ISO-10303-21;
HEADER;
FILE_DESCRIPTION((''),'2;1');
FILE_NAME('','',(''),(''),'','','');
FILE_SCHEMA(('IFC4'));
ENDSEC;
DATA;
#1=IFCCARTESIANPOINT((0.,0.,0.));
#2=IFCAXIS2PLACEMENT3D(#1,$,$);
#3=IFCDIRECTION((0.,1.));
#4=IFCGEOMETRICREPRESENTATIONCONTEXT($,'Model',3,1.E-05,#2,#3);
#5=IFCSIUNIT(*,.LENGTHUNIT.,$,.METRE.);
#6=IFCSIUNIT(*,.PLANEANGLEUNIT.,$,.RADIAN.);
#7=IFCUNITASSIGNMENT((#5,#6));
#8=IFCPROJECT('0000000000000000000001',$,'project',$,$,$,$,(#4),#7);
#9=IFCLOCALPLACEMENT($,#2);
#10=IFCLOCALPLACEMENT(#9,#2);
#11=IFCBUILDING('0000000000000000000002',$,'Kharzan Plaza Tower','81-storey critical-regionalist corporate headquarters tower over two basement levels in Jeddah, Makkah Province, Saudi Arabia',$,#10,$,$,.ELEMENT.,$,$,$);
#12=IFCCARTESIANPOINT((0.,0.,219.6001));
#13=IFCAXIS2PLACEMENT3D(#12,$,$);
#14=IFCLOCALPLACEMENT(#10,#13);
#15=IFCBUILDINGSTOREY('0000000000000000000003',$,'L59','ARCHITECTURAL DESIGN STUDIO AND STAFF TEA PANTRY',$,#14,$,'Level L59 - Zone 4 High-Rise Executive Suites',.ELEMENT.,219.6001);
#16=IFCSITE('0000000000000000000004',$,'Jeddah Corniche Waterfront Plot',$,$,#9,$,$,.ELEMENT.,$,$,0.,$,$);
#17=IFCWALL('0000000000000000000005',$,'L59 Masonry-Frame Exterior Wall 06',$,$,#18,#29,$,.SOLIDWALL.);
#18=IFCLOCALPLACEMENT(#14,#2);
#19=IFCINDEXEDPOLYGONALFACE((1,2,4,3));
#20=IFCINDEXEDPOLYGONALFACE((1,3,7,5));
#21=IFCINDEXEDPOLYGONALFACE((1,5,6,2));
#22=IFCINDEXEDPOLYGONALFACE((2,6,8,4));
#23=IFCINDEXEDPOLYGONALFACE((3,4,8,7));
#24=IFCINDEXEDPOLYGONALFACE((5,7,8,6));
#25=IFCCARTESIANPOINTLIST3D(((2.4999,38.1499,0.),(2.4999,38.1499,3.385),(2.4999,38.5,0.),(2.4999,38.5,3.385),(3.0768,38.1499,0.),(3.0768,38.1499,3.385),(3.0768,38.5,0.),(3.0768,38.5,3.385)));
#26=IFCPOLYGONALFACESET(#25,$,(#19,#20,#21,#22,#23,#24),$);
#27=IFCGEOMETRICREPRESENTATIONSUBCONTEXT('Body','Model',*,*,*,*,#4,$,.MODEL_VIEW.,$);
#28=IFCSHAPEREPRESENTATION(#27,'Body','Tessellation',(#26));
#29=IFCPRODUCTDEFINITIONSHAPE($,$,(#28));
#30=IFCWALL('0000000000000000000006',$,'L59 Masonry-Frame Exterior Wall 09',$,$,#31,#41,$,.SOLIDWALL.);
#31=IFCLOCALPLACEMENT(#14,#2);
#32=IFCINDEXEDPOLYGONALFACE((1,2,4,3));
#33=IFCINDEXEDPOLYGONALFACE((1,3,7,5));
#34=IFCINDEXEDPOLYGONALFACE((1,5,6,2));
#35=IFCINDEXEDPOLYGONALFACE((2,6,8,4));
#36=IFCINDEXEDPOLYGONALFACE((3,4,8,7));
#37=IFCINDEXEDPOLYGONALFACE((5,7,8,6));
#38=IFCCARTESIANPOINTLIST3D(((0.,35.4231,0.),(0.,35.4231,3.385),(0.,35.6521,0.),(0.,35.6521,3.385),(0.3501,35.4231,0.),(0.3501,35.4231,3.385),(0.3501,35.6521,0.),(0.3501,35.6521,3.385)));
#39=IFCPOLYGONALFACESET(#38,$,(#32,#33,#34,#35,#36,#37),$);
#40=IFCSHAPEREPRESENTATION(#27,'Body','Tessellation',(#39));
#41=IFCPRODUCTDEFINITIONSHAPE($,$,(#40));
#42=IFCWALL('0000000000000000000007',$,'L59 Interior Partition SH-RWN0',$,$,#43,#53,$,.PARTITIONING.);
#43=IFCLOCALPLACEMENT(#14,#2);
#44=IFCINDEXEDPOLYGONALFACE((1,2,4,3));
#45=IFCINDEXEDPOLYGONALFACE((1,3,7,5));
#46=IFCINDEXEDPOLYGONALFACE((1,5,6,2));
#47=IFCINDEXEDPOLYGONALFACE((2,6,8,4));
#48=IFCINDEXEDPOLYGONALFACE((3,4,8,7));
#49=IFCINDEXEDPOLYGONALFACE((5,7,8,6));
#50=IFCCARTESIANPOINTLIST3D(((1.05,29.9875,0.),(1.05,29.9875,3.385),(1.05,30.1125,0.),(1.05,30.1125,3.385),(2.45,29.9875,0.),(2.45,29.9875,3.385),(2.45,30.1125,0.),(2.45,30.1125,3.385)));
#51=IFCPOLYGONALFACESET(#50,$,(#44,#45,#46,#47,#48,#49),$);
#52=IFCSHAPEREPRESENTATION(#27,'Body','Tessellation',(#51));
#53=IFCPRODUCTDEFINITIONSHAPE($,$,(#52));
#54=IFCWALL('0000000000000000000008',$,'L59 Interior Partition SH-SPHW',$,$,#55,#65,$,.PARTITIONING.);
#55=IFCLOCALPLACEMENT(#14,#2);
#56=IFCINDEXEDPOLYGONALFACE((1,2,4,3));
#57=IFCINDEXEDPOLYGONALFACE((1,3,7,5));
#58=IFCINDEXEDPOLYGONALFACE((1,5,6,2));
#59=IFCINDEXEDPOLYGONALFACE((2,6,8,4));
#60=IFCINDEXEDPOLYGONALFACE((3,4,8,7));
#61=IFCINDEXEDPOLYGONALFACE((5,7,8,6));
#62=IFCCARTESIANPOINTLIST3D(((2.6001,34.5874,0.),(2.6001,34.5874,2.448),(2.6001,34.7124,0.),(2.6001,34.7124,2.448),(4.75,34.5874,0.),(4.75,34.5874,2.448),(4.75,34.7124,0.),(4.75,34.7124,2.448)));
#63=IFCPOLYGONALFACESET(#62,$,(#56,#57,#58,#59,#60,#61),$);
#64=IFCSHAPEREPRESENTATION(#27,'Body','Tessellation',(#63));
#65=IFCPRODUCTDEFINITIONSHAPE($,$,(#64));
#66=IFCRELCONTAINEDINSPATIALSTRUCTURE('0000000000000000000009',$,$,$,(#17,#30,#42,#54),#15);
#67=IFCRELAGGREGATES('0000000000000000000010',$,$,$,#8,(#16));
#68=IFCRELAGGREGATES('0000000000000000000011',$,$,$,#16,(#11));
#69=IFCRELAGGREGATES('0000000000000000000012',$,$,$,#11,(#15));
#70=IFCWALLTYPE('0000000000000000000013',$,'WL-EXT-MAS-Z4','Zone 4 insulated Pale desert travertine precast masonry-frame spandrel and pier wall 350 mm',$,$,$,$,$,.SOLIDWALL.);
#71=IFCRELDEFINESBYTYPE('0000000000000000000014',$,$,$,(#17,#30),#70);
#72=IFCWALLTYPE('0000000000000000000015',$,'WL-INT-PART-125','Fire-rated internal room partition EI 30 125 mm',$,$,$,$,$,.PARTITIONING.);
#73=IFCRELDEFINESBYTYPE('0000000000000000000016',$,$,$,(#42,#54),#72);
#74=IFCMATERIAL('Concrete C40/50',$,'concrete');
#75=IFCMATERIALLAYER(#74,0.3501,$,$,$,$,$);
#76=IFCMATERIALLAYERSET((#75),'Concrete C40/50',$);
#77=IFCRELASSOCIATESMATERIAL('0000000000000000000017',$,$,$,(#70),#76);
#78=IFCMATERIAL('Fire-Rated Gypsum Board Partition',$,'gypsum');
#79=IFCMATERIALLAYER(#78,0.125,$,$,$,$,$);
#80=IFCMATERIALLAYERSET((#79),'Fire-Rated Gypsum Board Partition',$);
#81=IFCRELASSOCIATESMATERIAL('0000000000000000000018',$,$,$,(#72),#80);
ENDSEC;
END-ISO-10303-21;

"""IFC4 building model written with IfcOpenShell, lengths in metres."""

from ifc_helpers import new_model, si_unit, direction, frame, frame_2d, origin, place, context, subcontext, project, spatial, rectangle, extrude, source, transform, mapped, material, layer, layer_set, type_object, element, save


model = new_model("IFC4")

# Units and contexts
model_context = context("Model", 3, precision=1e-05, world=origin(), true_north=direction((0.0, 1.0)))
body_context = subcontext(model_context, "Body", "Model", "MODEL_VIEW")
ifc_project = project(units=[si_unit("LENGTHUNIT", "METRE"), si_unit("PLANEANGLEUNIT", "RADIAN")], contexts=[model_context])

# Site, building, storey
site_placement = place(None, origin())
site = spatial("IfcSite", under=ifc_project, at=site_placement, Name="Jeddah Corniche Waterfront Plot", CompositionType="ELEMENT", RefElevation=0.0)
building_placement = place(site_placement, origin())
building = spatial("IfcBuilding", under=site, at=building_placement, Name="Kharzan Plaza Tower", Description="81-storey critical-regionalist corporate headquarters tower over two basement levels in Jeddah, Makkah Province, Saudi Arabia", CompositionType="ELEMENT")
storey_placement = place(building_placement, frame((0.0, 0.0, 219.6001)))
storey = spatial("IfcBuildingStorey", under=building, at=storey_placement, Name="L59", Description="ARCHITECTURAL DESIGN STUDIO AND STAFF TEA PANTRY", LongName="Level L59 - Zone 4 High-Rise Executive Suites", CompositionType="ELEMENT", Elevation=219.6001)

# Shared definitions
ifc_material_1 = material(Name="Concrete C40/50", Category="concrete")
ifc_layer_1 = layer(ifc_material_1, 0.3501)
ifc_layer_set_1 = layer_set([ifc_layer_1], Name="Concrete C40/50")
wall_type_1 = type_object("IfcWallType", Name="WL-EXT-MAS-Z4", Description="Zone 4 insulated Pale desert travertine precast masonry-frame spandrel and pier wall 350 mm", PredefinedType="SOLIDWALL", material=ifc_layer_set_1)

# Shared definitions
ifc_material_2 = material(Name="Fire-Rated Gypsum Board Partition", Category="gypsum")
ifc_layer_2 = layer(ifc_material_2, 0.125)
ifc_layer_set_2 = layer_set([ifc_layer_2], Name="Fire-Rated Gypsum Board Partition")
wall_type_2 = type_object("IfcWallType", Name="WL-INT-PART-125", Description="Fire-rated internal room partition EI 30 125 mm", PredefinedType="PARTITIONING", material=ifc_layer_set_2)

# Walls
shared_shape_1 = source(origin(), body_context, "Body", "SweptSolid", [
    extrude(rectangle(XDim=0.5769, YDim=0.3501, at=frame_2d((0.2886, 0.0))), origin(), (0.0, 0.0, 1.0), 3.385),
])
wall_1_placement = place(storey_placement, frame((3.0769, 38.325, 0.0), z_axis=(0.0, 0.0, 1.0), x_axis=(-1.0, 0.0, 0.0)))
element("IfcWall", 1, at=wall_1_placement, inside=storey, type_object=wall_type_1, Name="L59 Masonry-Frame Exterior Wall 06", PredefinedType="SOLIDWALL", context=body_context, shape_type="MappedRepresentation", body=[
    mapped(shared_shape_1, transform((0.0, 0.0, 0.0), x_axis=(1.0, 0.0, 0.0), y_axis=(0.0, 1.0, 0.0), z_axis=(0.0, 0.0, 1.0))),
])
shared_shape_2 = source(origin(), body_context, "Body", "SweptSolid", [
    extrude(rectangle(XDim=0.229, YDim=0.3501, at=frame_2d((0.1145, 0.0))), origin(), (0.0, 0.0, 1.0), 3.385),
])
wall_2_placement = place(storey_placement, frame((0.175, 35.6521, 0.0), z_axis=(0.0, 0.0, 1.0), x_axis=(0.0, -1.0, 0.0)))
element("IfcWall", 2, at=wall_2_placement, inside=storey, type_object=wall_type_1, Name="L59 Masonry-Frame Exterior Wall 09", PredefinedType="SOLIDWALL", context=body_context, shape_type="MappedRepresentation", body=[
    mapped(shared_shape_2, transform((0.0, 0.0, 0.0), x_axis=(1.0, 0.0, 0.0), y_axis=(0.0, 1.0, 0.0), z_axis=(0.0, 0.0, 1.0))),
])
shared_shape_3 = source(origin(), body_context, "Body", "SweptSolid", [
    extrude(rectangle(XDim=1.3999, YDim=0.125, at=frame_2d((0.7, 0.0))), origin(), (0.0, 0.0, 1.0), 3.385),
])
wall_3_placement = place(storey_placement, frame((1.05, 30.05, 0.0), z_axis=(0.0, 0.0, 1.0), x_axis=(1.0, 0.0, 0.0)))
element("IfcWall", 3, at=wall_3_placement, inside=storey, type_object=wall_type_2, Name="L59 Interior Partition SH-RWN0", PredefinedType="PARTITIONING", context=body_context, shape_type="MappedRepresentation", body=[
    mapped(shared_shape_3, transform((0.0, 0.0, 0.0), x_axis=(1.0, 0.0, 0.0), y_axis=(0.0, 1.0, 0.0), z_axis=(0.0, 0.0, 1.0))),
])
shared_shape_4 = source(origin(), body_context, "Body", "SweptSolid", [
    extrude(rectangle(XDim=2.1499, YDim=0.125, at=frame_2d((1.075, 0.0))), origin(), (0.0, 0.0, 1.0), 2.448),
])
wall_4_placement = place(storey_placement, frame((2.6001, 34.6499, 0.0), z_axis=(0.0, 0.0, 1.0), x_axis=(1.0, 0.0, 0.0)))
element("IfcWall", 4, at=wall_4_placement, inside=storey, type_object=wall_type_2, Name="L59 Interior Partition SH-SPHW", PredefinedType="PARTITIONING", context=body_context, shape_type="MappedRepresentation", body=[
    mapped(shared_shape_4, transform((0.0, 0.0, 0.0), x_axis=(1.0, 0.0, 0.0), y_axis=(0.0, 1.0, 0.0), z_axis=(0.0, 0.0, 1.0))),
])

save(model, "model.ifc")
